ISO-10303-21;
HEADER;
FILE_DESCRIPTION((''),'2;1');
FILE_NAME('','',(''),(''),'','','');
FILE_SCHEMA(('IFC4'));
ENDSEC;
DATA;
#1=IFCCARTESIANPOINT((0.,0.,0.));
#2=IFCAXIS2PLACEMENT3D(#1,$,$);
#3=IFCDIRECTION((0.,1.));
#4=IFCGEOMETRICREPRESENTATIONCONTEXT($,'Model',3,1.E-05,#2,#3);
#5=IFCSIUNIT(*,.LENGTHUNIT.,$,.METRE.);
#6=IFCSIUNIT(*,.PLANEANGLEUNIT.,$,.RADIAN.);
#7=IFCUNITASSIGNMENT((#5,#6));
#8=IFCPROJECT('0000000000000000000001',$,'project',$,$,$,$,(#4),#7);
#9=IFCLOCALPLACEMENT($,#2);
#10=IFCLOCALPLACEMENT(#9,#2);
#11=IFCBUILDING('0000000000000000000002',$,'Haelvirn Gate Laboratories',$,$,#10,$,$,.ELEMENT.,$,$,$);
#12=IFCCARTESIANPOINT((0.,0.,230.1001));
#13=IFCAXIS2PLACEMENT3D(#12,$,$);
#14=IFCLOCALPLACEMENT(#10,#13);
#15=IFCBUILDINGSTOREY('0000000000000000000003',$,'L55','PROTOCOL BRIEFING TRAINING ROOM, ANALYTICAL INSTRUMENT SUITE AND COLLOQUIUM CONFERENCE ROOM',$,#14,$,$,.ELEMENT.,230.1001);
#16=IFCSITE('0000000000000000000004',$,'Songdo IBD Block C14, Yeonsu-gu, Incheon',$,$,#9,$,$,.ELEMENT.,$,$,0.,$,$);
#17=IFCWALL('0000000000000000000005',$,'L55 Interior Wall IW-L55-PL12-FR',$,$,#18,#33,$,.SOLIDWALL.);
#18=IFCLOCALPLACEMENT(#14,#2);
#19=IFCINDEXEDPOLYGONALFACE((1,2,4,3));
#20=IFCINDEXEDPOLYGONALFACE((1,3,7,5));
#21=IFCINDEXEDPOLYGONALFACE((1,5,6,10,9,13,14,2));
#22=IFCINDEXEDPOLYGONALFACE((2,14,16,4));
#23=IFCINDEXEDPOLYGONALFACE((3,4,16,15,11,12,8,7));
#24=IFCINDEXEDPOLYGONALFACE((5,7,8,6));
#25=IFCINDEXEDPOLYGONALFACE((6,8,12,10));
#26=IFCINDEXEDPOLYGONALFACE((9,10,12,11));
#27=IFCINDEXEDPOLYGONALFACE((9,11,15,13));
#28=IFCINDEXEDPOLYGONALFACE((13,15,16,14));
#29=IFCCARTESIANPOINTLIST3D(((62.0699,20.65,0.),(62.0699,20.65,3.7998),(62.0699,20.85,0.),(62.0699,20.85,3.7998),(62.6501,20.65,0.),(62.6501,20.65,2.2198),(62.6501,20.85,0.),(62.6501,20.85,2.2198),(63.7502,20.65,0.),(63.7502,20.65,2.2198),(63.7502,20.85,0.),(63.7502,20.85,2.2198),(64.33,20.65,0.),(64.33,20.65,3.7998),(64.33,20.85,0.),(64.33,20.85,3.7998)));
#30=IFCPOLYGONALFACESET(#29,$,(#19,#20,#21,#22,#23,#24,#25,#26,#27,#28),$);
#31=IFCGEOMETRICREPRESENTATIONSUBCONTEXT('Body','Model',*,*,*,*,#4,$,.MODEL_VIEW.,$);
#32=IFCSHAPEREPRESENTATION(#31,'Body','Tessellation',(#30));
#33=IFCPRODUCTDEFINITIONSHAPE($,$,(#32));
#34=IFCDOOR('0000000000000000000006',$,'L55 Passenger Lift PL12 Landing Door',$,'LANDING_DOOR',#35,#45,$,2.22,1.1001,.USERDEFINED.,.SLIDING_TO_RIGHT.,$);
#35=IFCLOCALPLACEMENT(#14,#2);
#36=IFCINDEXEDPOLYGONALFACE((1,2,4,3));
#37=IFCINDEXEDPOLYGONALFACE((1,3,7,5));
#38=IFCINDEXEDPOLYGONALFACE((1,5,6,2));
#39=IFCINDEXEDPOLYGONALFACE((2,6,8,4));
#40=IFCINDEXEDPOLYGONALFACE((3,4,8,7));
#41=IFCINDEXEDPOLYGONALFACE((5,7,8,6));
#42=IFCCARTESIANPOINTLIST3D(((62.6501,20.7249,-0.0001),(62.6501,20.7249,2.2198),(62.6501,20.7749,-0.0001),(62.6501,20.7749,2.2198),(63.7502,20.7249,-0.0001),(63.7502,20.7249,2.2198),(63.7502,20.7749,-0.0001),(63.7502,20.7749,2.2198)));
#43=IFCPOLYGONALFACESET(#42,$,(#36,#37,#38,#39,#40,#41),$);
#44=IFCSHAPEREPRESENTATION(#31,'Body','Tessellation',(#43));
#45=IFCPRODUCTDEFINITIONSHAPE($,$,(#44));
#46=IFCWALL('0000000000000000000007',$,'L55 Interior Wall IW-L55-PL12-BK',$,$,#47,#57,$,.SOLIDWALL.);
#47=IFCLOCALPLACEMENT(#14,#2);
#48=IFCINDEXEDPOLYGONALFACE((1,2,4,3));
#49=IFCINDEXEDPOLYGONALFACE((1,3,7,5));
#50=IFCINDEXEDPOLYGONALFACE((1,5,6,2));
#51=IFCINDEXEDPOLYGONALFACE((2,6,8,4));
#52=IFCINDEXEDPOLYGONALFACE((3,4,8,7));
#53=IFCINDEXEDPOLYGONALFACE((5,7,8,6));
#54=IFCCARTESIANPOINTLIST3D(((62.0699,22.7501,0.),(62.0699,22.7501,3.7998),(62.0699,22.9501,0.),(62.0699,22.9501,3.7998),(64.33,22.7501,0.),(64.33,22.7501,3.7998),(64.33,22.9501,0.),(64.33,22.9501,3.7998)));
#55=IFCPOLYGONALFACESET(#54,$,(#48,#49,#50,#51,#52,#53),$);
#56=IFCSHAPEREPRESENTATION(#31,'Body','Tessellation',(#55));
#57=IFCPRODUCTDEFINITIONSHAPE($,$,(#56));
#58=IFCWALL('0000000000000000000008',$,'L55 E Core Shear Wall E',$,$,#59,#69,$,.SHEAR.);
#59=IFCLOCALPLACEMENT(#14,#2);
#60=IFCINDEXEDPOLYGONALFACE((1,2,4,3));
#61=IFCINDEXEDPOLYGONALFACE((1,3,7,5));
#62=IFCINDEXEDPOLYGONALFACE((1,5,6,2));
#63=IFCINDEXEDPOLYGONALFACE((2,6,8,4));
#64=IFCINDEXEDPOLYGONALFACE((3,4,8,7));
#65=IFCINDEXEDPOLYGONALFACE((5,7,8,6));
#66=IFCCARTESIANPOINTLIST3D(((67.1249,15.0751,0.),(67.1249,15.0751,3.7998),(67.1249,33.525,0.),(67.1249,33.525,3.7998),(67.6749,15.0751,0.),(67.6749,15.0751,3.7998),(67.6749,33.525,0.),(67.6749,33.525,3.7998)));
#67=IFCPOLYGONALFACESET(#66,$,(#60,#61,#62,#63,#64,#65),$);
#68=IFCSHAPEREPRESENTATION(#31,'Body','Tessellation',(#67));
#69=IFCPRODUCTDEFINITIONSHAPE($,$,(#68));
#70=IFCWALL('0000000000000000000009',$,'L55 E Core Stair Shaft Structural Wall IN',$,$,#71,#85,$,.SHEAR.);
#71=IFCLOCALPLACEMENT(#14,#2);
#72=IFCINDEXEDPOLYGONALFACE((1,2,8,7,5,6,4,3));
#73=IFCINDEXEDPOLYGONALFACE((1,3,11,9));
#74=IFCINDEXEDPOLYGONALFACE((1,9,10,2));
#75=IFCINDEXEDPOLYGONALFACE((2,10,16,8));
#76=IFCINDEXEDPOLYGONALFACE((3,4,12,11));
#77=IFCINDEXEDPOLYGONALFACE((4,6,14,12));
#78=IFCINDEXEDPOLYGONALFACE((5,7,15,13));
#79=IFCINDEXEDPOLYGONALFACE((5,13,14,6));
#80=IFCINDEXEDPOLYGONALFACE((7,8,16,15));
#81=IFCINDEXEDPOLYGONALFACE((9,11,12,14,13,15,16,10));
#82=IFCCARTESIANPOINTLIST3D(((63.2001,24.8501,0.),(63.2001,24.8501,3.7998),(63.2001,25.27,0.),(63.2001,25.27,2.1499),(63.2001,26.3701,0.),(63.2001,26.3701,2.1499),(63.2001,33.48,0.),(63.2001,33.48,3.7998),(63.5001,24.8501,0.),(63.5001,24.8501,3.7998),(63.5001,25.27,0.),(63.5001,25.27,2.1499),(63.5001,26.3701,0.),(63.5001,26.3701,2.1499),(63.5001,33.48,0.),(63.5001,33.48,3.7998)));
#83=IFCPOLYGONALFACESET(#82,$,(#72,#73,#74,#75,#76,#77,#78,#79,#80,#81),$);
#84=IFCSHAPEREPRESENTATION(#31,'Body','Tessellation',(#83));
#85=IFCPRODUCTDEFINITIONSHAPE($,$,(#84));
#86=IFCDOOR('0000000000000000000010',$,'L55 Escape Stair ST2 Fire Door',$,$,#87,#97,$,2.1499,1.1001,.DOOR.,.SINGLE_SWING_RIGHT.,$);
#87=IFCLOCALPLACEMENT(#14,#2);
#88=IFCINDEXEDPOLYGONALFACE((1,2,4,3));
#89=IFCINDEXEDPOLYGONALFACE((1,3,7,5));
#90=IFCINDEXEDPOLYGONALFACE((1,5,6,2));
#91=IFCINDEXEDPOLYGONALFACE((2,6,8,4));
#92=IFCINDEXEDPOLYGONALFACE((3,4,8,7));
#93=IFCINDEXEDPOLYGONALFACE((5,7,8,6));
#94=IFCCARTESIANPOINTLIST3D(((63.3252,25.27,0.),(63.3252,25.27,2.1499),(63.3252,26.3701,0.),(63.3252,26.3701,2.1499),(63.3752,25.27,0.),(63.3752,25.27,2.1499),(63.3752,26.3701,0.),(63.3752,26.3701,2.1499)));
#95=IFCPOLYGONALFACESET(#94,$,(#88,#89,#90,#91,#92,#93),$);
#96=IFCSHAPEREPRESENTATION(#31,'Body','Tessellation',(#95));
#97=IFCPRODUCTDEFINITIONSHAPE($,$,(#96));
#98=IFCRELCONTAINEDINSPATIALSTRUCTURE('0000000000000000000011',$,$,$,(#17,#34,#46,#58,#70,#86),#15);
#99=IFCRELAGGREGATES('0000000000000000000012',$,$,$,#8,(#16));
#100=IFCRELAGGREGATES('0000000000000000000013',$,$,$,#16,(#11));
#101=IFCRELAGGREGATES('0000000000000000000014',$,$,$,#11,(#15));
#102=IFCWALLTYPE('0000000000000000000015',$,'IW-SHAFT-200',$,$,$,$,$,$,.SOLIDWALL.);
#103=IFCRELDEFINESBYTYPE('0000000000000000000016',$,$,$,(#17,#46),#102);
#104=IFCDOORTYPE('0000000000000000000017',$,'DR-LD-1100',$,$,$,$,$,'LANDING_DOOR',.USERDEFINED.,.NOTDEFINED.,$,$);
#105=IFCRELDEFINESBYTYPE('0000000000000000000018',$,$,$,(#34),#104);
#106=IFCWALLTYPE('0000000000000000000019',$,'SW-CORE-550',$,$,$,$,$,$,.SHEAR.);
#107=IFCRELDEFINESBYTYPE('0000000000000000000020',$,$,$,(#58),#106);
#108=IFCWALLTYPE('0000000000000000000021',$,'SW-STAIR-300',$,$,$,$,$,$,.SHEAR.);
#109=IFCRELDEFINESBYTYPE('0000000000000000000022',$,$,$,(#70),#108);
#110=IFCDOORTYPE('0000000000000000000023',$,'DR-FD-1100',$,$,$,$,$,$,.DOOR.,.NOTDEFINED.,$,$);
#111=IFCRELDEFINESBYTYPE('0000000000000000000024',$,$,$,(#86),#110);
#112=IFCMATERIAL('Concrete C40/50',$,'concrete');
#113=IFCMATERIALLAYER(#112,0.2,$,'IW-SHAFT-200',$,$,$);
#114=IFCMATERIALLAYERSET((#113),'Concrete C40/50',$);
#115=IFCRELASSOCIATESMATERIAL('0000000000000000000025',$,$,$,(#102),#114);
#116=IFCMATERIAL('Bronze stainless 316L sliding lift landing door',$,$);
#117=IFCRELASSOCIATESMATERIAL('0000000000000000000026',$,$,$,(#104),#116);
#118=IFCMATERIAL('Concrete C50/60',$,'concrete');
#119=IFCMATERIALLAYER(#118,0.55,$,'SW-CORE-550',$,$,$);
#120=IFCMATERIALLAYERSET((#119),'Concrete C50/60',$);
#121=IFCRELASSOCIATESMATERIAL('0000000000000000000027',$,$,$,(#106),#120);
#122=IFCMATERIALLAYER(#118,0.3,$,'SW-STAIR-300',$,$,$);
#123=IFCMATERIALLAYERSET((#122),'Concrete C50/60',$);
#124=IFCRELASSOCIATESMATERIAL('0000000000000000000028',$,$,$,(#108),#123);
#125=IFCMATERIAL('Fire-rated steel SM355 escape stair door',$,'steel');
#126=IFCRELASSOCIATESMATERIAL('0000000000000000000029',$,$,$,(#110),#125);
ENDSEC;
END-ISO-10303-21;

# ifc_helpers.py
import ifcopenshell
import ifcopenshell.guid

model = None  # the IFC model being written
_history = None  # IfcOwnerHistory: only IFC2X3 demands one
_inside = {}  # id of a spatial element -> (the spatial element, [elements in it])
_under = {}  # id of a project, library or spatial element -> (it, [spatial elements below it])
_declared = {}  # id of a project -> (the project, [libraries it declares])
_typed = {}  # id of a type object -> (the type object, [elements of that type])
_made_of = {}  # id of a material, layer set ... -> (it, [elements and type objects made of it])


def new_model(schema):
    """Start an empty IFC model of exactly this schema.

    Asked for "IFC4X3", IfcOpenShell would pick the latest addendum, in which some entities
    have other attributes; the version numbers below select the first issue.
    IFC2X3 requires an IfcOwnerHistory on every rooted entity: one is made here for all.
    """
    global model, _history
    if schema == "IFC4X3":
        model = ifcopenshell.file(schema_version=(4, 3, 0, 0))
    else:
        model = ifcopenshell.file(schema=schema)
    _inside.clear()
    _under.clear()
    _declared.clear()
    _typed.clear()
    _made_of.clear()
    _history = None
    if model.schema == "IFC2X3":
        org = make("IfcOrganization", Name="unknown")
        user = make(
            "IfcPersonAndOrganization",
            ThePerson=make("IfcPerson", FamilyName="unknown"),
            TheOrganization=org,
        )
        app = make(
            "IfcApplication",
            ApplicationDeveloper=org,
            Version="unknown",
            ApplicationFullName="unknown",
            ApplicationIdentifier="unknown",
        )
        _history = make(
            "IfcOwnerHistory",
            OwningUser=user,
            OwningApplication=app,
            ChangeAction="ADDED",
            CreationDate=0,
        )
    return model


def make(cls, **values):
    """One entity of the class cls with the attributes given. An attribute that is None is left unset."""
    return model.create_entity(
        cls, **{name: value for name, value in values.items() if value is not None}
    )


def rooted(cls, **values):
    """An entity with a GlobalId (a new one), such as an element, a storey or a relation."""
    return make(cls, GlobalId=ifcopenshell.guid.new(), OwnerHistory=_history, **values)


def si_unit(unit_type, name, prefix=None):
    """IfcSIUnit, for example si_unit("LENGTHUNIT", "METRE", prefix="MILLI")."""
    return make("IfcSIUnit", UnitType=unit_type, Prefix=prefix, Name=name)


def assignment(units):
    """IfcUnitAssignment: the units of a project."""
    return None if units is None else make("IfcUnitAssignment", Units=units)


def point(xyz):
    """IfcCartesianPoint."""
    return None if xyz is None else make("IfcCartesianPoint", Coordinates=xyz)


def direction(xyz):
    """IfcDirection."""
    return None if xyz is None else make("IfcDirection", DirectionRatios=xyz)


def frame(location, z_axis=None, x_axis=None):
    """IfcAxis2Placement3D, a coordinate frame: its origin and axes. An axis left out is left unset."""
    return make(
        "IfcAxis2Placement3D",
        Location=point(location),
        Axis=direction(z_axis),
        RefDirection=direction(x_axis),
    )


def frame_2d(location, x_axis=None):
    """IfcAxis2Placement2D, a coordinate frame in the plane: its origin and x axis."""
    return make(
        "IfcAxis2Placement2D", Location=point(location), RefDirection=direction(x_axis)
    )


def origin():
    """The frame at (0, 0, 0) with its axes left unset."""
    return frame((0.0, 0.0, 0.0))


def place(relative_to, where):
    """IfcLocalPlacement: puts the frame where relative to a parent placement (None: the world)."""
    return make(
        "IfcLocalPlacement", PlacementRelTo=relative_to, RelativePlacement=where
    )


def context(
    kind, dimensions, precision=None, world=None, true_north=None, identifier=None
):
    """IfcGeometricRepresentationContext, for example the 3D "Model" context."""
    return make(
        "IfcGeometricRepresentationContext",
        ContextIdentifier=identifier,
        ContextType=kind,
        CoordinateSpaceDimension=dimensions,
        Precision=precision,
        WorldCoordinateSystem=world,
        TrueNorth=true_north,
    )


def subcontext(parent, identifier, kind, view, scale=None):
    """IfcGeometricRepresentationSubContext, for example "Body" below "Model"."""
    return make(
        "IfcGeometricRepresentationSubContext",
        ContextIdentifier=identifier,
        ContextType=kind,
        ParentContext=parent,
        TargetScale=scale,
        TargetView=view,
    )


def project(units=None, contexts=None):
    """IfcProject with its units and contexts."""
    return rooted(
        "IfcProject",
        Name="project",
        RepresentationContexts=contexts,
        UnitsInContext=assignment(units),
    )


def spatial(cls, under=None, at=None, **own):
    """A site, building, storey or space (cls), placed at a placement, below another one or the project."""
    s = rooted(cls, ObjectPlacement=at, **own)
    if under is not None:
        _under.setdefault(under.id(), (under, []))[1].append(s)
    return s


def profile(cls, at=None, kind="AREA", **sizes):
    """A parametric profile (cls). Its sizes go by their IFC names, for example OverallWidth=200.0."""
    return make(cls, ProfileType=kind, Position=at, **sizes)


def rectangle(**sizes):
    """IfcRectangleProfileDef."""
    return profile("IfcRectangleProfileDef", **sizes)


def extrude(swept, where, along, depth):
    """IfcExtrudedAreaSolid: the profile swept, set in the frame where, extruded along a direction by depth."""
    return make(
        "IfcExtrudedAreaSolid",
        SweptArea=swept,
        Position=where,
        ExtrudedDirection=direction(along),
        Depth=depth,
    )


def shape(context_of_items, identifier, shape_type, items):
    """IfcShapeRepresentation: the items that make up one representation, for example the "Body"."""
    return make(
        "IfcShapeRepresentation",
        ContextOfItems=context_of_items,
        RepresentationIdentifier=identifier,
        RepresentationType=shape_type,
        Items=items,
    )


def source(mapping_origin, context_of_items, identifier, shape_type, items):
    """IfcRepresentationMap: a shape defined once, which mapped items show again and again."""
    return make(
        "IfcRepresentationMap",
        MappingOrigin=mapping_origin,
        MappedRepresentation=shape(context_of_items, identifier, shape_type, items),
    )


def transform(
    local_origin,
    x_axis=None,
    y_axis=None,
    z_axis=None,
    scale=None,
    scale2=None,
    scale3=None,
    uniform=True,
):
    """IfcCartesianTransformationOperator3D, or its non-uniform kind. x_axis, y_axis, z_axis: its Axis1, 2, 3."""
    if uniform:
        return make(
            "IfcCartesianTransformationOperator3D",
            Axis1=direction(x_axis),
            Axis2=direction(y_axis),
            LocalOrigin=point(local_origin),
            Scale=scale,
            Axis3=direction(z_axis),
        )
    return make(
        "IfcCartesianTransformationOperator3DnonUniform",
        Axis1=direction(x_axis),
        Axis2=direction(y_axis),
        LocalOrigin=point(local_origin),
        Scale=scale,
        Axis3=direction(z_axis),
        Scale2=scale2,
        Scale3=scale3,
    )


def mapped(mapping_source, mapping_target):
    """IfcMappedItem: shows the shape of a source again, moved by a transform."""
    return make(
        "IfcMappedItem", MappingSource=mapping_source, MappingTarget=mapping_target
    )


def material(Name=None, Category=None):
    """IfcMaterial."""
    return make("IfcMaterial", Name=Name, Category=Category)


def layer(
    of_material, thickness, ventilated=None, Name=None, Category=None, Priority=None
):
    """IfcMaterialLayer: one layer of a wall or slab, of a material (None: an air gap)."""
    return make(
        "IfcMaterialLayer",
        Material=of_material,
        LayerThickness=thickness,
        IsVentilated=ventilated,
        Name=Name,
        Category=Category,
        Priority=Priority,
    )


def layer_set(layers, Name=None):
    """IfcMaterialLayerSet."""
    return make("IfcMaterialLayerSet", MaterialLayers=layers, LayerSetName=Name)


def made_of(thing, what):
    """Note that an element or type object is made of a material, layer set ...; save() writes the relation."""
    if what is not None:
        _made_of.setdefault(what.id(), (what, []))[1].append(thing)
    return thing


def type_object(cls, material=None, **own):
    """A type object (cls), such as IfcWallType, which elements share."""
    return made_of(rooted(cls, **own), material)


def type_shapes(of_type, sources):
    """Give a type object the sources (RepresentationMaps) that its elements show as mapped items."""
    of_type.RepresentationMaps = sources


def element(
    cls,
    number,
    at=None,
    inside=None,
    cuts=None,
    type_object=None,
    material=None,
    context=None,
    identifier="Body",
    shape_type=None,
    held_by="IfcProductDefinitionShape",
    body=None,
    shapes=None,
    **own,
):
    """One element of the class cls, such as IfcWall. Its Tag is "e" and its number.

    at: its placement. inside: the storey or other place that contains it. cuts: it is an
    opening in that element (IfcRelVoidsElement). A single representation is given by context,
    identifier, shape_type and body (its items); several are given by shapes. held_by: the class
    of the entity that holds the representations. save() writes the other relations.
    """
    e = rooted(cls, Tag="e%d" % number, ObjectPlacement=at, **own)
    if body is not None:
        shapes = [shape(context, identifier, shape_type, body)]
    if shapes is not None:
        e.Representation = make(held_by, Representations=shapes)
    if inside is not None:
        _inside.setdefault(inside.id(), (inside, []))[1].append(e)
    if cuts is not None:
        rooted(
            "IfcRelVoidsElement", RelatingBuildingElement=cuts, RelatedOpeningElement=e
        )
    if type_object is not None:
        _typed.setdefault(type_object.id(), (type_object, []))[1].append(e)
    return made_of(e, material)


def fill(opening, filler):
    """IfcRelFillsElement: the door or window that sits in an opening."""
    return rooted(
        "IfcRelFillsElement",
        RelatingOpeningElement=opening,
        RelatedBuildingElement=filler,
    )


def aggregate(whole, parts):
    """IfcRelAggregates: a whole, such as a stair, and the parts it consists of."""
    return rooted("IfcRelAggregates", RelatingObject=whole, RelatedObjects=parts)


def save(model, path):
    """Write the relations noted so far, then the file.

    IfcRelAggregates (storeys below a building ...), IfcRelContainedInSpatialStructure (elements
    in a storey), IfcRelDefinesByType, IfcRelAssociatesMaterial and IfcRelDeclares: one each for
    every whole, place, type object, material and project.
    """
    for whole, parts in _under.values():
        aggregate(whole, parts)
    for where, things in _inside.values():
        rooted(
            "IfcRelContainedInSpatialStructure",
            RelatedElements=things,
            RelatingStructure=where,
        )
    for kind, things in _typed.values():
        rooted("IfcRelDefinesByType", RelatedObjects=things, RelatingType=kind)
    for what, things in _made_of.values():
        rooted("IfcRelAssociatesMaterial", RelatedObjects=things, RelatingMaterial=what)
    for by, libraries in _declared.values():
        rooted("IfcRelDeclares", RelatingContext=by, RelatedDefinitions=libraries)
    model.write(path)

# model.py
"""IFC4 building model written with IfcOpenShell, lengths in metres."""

from ifc_helpers import new_model, si_unit, direction, frame, frame_2d, origin, place, context, subcontext, project, spatial, rectangle, extrude, source, transform, mapped, material, layer, layer_set, type_object, type_shapes, element, fill, save


model = new_model("IFC4")

# Units and contexts
model_context = context("Model", 3, precision=1e-05, world=origin(), true_north=direction((0.0, 1.0)))
body_context = subcontext(model_context, "Body", "Model", "MODEL_VIEW")
ifc_project = project(units=[si_unit("LENGTHUNIT", "METRE"), si_unit("PLANEANGLEUNIT", "RADIAN")], contexts=[model_context])

# Site, building, storey
site_placement = place(None, origin())
site = spatial("IfcSite", under=ifc_project, at=site_placement, Name="Songdo IBD Block C14, Yeonsu-gu, Incheon", CompositionType="ELEMENT", RefElevation=0.0)
building_placement = place(site_placement, origin())
building = spatial("IfcBuilding", under=site, at=building_placement, Name="Haelvirn Gate Laboratories", CompositionType="ELEMENT")
storey_placement = place(building_placement, frame((0.0, 0.0, 230.1001)))
storey = spatial("IfcBuildingStorey", under=building, at=storey_placement, Name="L55", Description="PROTOCOL BRIEFING TRAINING ROOM, ANALYTICAL INSTRUMENT SUITE AND COLLOQUIUM CONFERENCE ROOM", CompositionType="ELEMENT", Elevation=230.1001)

# Shared definitions
ifc_material_1 = material(Name="Concrete C50/60", Category="concrete")

# Shared definitions
ifc_material_2 = material(Name="Concrete C40/50", Category="concrete")

# Shared definitions
ifc_layer_1 = layer(ifc_material_2, 0.2, Name="IW-SHAFT-200")
ifc_layer_set_1 = layer_set([ifc_layer_1], Name="Concrete C40/50")
wall_type_1 = type_object("IfcWallType", Name="IW-SHAFT-200", PredefinedType="SOLIDWALL", material=ifc_layer_set_1)
ifc_material_3 = material(Name="Bronze stainless 316L sliding lift landing door")
door_type_1 = type_object("IfcDoorType", Name="DR-LD-1100", ElementType="LANDING_DOOR", OperationType="NOTDEFINED", PredefinedType="USERDEFINED", material=ifc_material_3)
shared_shape_1 = source(origin(), body_context, "Body", "SweptSolid", [
    extrude(rectangle(XDim=1.1001, YDim=2.22, at=frame_2d((0.55, 1.1099))), frame((0.0, 0.0249, 0.0), z_axis=(0.0, -1.0, 0.0), x_axis=(1.0, 0.0, 0.0)), (0.0, 0.0, 1.0), 0.05),
])
type_shapes(door_type_1, [shared_shape_1])

# Wall, opening, door
wall_1_placement = place(storey_placement, frame((62.0701, 20.75, 0.0), z_axis=(0.0, 0.0, 1.0), x_axis=(1.0, 0.0, 0.0)))
wall_1 = element("IfcWall", 1, at=wall_1_placement, inside=storey, type_object=wall_type_1, Name="L55 Interior Wall IW-L55-PL12-FR", PredefinedType="SOLIDWALL", context=body_context, shape_type="SweptSolid", body=[
    extrude(rectangle(XDim=2.26, YDim=0.2, at=frame_2d((1.1299, 0.0))), origin(), (0.0, 0.0, 1.0), 3.7998),
])
opening_1_placement = place(wall_1_placement, frame((0.5801, 0.0, 0.0)))
opening_1 = element("IfcOpeningElement", 2, at=opening_1_placement, cuts=wall_1, PredefinedType="OPENING", context=body_context, shape_type="SweptSolid", body=[
    extrude(rectangle(XDim=1.1001, YDim=2.22, at=frame_2d((0.55, 1.1099))), frame((0.0, 0.1099, 0.0), z_axis=(0.0, -1.0, 0.0), x_axis=(1.0, 0.0, 0.0)), (0.0, 0.0, 1.0), 0.22),
])
door_1_placement = place(opening_1_placement, origin())
door_1 = element("IfcDoor", 3, at=door_1_placement, inside=storey, type_object=door_type_1, Name="L55 Passenger Lift PL12 Landing Door", ObjectType="LANDING_DOOR", OperationType="SLIDING_TO_RIGHT", OverallHeight=2.22, OverallWidth=1.1001, PredefinedType="USERDEFINED", context=body_context, shape_type="MappedRepresentation", body=[
    mapped(shared_shape_1, transform((0.0, 0.0, 0.0), scale=1.0)),
])
fill(opening_1, door_1)

# Walls
wall_2_placement = place(storey_placement, frame((62.0701, 22.8501, 0.0), z_axis=(0.0, 0.0, 1.0), x_axis=(1.0, 0.0, 0.0)))
element("IfcWall", 4, at=wall_2_placement, inside=storey, type_object=wall_type_1, Name="L55 Interior Wall IW-L55-PL12-BK", PredefinedType="SOLIDWALL", context=body_context, shape_type="SweptSolid", body=[
    extrude(rectangle(XDim=2.26, YDim=0.2, at=frame_2d((1.1299, 0.0))), origin(), (0.0, 0.0, 1.0), 3.7998),
])
ifc_layer_2 = layer(ifc_material_1, 0.55, Name="SW-CORE-550")
ifc_layer_set_2 = layer_set([ifc_layer_2], Name="Concrete C50/60")
wall_type_2 = type_object("IfcWallType", Name="SW-CORE-550", PredefinedType="SHEAR", material=ifc_layer_set_2)
wall_3_placement = place(storey_placement, frame((67.3999, 15.075, 0.0), z_axis=(0.0, 0.0, 1.0), x_axis=(0.0, 1.0, 0.0)))
element("IfcWall", 5, at=wall_3_placement, inside=storey, type_object=wall_type_2, Name="L55 E Core Shear Wall E", PredefinedType="SHEAR", context=body_context, shape_type="SweptSolid", body=[
    extrude(rectangle(XDim=18.45, YDim=0.55, at=frame_2d((9.2251, 0.0))), origin(), (0.0, 0.0, 1.0), 3.7998),
])

# Wall, opening, door
ifc_layer_3 = layer(ifc_material_1, 0.3, Name="SW-STAIR-300")
ifc_layer_set_3 = layer_set([ifc_layer_3], Name="Concrete C50/60")
wall_type_3 = type_object("IfcWallType", Name="SW-STAIR-300", PredefinedType="SHEAR", material=ifc_layer_set_3)
wall_4_placement = place(storey_placement, frame((63.3501, 24.8501, 0.0), z_axis=(0.0, 0.0, 1.0), x_axis=(0.0, 1.0, 0.0)))
wall_4 = element("IfcWall", 6, at=wall_4_placement, inside=storey, type_object=wall_type_3, Name="L55 E Core Stair Shaft Structural Wall IN", PredefinedType="SHEAR", context=body_context, shape_type="SweptSolid", body=[
    extrude(rectangle(XDim=8.6299, YDim=0.3, at=frame_2d((4.3149, 0.0))), origin(), (0.0, 0.0, 1.0), 3.7998),
])
opening_2_placement = place(wall_4_placement, frame((0.4199, 0.0, 0.0)))
opening_2 = element("IfcOpeningElement", 7, at=opening_2_placement, cuts=wall_4, PredefinedType="OPENING", context=body_context, shape_type="SweptSolid", body=[
    extrude(rectangle(XDim=1.1001, YDim=2.1499, at=frame_2d((0.55, 1.075))), frame((0.0, 0.1602, 0.0), z_axis=(0.0, -1.0, 0.0), x_axis=(1.0, 0.0, 0.0)), (0.0, 0.0, 1.0), 0.3201),
])
ifc_material_4 = material(Name="Fire-rated steel SM355 escape stair door", Category="steel")
door_type_2 = type_object("IfcDoorType", Name="DR-FD-1100", OperationType="NOTDEFINED", PredefinedType="DOOR", material=ifc_material_4)
shared_shape_2 = source(origin(), body_context, "Body", "SweptSolid", [
    extrude(rectangle(XDim=1.1001, YDim=2.1499, at=frame_2d((0.55, 1.075))), frame((0.0, 0.0249, 0.0), z_axis=(0.0, -1.0, 0.0), x_axis=(1.0, 0.0, 0.0)), (0.0, 0.0, 1.0), 0.05),
])
type_shapes(door_type_2, [shared_shape_2])
door_2_placement = place(opening_2_placement, origin())
door_2 = element("IfcDoor", 8, at=door_2_placement, inside=storey, type_object=door_type_2, Name="L55 Escape Stair ST2 Fire Door", OperationType="SINGLE_SWING_RIGHT", OverallHeight=2.1499, OverallWidth=1.1001, PredefinedType="DOOR", context=body_context, shape_type="MappedRepresentation", body=[
    mapped(shared_shape_2, transform((0.0, 0.0, 0.0), scale=1.0)),
])
fill(opening_2, door_2)

save(model, "model.ifc")
